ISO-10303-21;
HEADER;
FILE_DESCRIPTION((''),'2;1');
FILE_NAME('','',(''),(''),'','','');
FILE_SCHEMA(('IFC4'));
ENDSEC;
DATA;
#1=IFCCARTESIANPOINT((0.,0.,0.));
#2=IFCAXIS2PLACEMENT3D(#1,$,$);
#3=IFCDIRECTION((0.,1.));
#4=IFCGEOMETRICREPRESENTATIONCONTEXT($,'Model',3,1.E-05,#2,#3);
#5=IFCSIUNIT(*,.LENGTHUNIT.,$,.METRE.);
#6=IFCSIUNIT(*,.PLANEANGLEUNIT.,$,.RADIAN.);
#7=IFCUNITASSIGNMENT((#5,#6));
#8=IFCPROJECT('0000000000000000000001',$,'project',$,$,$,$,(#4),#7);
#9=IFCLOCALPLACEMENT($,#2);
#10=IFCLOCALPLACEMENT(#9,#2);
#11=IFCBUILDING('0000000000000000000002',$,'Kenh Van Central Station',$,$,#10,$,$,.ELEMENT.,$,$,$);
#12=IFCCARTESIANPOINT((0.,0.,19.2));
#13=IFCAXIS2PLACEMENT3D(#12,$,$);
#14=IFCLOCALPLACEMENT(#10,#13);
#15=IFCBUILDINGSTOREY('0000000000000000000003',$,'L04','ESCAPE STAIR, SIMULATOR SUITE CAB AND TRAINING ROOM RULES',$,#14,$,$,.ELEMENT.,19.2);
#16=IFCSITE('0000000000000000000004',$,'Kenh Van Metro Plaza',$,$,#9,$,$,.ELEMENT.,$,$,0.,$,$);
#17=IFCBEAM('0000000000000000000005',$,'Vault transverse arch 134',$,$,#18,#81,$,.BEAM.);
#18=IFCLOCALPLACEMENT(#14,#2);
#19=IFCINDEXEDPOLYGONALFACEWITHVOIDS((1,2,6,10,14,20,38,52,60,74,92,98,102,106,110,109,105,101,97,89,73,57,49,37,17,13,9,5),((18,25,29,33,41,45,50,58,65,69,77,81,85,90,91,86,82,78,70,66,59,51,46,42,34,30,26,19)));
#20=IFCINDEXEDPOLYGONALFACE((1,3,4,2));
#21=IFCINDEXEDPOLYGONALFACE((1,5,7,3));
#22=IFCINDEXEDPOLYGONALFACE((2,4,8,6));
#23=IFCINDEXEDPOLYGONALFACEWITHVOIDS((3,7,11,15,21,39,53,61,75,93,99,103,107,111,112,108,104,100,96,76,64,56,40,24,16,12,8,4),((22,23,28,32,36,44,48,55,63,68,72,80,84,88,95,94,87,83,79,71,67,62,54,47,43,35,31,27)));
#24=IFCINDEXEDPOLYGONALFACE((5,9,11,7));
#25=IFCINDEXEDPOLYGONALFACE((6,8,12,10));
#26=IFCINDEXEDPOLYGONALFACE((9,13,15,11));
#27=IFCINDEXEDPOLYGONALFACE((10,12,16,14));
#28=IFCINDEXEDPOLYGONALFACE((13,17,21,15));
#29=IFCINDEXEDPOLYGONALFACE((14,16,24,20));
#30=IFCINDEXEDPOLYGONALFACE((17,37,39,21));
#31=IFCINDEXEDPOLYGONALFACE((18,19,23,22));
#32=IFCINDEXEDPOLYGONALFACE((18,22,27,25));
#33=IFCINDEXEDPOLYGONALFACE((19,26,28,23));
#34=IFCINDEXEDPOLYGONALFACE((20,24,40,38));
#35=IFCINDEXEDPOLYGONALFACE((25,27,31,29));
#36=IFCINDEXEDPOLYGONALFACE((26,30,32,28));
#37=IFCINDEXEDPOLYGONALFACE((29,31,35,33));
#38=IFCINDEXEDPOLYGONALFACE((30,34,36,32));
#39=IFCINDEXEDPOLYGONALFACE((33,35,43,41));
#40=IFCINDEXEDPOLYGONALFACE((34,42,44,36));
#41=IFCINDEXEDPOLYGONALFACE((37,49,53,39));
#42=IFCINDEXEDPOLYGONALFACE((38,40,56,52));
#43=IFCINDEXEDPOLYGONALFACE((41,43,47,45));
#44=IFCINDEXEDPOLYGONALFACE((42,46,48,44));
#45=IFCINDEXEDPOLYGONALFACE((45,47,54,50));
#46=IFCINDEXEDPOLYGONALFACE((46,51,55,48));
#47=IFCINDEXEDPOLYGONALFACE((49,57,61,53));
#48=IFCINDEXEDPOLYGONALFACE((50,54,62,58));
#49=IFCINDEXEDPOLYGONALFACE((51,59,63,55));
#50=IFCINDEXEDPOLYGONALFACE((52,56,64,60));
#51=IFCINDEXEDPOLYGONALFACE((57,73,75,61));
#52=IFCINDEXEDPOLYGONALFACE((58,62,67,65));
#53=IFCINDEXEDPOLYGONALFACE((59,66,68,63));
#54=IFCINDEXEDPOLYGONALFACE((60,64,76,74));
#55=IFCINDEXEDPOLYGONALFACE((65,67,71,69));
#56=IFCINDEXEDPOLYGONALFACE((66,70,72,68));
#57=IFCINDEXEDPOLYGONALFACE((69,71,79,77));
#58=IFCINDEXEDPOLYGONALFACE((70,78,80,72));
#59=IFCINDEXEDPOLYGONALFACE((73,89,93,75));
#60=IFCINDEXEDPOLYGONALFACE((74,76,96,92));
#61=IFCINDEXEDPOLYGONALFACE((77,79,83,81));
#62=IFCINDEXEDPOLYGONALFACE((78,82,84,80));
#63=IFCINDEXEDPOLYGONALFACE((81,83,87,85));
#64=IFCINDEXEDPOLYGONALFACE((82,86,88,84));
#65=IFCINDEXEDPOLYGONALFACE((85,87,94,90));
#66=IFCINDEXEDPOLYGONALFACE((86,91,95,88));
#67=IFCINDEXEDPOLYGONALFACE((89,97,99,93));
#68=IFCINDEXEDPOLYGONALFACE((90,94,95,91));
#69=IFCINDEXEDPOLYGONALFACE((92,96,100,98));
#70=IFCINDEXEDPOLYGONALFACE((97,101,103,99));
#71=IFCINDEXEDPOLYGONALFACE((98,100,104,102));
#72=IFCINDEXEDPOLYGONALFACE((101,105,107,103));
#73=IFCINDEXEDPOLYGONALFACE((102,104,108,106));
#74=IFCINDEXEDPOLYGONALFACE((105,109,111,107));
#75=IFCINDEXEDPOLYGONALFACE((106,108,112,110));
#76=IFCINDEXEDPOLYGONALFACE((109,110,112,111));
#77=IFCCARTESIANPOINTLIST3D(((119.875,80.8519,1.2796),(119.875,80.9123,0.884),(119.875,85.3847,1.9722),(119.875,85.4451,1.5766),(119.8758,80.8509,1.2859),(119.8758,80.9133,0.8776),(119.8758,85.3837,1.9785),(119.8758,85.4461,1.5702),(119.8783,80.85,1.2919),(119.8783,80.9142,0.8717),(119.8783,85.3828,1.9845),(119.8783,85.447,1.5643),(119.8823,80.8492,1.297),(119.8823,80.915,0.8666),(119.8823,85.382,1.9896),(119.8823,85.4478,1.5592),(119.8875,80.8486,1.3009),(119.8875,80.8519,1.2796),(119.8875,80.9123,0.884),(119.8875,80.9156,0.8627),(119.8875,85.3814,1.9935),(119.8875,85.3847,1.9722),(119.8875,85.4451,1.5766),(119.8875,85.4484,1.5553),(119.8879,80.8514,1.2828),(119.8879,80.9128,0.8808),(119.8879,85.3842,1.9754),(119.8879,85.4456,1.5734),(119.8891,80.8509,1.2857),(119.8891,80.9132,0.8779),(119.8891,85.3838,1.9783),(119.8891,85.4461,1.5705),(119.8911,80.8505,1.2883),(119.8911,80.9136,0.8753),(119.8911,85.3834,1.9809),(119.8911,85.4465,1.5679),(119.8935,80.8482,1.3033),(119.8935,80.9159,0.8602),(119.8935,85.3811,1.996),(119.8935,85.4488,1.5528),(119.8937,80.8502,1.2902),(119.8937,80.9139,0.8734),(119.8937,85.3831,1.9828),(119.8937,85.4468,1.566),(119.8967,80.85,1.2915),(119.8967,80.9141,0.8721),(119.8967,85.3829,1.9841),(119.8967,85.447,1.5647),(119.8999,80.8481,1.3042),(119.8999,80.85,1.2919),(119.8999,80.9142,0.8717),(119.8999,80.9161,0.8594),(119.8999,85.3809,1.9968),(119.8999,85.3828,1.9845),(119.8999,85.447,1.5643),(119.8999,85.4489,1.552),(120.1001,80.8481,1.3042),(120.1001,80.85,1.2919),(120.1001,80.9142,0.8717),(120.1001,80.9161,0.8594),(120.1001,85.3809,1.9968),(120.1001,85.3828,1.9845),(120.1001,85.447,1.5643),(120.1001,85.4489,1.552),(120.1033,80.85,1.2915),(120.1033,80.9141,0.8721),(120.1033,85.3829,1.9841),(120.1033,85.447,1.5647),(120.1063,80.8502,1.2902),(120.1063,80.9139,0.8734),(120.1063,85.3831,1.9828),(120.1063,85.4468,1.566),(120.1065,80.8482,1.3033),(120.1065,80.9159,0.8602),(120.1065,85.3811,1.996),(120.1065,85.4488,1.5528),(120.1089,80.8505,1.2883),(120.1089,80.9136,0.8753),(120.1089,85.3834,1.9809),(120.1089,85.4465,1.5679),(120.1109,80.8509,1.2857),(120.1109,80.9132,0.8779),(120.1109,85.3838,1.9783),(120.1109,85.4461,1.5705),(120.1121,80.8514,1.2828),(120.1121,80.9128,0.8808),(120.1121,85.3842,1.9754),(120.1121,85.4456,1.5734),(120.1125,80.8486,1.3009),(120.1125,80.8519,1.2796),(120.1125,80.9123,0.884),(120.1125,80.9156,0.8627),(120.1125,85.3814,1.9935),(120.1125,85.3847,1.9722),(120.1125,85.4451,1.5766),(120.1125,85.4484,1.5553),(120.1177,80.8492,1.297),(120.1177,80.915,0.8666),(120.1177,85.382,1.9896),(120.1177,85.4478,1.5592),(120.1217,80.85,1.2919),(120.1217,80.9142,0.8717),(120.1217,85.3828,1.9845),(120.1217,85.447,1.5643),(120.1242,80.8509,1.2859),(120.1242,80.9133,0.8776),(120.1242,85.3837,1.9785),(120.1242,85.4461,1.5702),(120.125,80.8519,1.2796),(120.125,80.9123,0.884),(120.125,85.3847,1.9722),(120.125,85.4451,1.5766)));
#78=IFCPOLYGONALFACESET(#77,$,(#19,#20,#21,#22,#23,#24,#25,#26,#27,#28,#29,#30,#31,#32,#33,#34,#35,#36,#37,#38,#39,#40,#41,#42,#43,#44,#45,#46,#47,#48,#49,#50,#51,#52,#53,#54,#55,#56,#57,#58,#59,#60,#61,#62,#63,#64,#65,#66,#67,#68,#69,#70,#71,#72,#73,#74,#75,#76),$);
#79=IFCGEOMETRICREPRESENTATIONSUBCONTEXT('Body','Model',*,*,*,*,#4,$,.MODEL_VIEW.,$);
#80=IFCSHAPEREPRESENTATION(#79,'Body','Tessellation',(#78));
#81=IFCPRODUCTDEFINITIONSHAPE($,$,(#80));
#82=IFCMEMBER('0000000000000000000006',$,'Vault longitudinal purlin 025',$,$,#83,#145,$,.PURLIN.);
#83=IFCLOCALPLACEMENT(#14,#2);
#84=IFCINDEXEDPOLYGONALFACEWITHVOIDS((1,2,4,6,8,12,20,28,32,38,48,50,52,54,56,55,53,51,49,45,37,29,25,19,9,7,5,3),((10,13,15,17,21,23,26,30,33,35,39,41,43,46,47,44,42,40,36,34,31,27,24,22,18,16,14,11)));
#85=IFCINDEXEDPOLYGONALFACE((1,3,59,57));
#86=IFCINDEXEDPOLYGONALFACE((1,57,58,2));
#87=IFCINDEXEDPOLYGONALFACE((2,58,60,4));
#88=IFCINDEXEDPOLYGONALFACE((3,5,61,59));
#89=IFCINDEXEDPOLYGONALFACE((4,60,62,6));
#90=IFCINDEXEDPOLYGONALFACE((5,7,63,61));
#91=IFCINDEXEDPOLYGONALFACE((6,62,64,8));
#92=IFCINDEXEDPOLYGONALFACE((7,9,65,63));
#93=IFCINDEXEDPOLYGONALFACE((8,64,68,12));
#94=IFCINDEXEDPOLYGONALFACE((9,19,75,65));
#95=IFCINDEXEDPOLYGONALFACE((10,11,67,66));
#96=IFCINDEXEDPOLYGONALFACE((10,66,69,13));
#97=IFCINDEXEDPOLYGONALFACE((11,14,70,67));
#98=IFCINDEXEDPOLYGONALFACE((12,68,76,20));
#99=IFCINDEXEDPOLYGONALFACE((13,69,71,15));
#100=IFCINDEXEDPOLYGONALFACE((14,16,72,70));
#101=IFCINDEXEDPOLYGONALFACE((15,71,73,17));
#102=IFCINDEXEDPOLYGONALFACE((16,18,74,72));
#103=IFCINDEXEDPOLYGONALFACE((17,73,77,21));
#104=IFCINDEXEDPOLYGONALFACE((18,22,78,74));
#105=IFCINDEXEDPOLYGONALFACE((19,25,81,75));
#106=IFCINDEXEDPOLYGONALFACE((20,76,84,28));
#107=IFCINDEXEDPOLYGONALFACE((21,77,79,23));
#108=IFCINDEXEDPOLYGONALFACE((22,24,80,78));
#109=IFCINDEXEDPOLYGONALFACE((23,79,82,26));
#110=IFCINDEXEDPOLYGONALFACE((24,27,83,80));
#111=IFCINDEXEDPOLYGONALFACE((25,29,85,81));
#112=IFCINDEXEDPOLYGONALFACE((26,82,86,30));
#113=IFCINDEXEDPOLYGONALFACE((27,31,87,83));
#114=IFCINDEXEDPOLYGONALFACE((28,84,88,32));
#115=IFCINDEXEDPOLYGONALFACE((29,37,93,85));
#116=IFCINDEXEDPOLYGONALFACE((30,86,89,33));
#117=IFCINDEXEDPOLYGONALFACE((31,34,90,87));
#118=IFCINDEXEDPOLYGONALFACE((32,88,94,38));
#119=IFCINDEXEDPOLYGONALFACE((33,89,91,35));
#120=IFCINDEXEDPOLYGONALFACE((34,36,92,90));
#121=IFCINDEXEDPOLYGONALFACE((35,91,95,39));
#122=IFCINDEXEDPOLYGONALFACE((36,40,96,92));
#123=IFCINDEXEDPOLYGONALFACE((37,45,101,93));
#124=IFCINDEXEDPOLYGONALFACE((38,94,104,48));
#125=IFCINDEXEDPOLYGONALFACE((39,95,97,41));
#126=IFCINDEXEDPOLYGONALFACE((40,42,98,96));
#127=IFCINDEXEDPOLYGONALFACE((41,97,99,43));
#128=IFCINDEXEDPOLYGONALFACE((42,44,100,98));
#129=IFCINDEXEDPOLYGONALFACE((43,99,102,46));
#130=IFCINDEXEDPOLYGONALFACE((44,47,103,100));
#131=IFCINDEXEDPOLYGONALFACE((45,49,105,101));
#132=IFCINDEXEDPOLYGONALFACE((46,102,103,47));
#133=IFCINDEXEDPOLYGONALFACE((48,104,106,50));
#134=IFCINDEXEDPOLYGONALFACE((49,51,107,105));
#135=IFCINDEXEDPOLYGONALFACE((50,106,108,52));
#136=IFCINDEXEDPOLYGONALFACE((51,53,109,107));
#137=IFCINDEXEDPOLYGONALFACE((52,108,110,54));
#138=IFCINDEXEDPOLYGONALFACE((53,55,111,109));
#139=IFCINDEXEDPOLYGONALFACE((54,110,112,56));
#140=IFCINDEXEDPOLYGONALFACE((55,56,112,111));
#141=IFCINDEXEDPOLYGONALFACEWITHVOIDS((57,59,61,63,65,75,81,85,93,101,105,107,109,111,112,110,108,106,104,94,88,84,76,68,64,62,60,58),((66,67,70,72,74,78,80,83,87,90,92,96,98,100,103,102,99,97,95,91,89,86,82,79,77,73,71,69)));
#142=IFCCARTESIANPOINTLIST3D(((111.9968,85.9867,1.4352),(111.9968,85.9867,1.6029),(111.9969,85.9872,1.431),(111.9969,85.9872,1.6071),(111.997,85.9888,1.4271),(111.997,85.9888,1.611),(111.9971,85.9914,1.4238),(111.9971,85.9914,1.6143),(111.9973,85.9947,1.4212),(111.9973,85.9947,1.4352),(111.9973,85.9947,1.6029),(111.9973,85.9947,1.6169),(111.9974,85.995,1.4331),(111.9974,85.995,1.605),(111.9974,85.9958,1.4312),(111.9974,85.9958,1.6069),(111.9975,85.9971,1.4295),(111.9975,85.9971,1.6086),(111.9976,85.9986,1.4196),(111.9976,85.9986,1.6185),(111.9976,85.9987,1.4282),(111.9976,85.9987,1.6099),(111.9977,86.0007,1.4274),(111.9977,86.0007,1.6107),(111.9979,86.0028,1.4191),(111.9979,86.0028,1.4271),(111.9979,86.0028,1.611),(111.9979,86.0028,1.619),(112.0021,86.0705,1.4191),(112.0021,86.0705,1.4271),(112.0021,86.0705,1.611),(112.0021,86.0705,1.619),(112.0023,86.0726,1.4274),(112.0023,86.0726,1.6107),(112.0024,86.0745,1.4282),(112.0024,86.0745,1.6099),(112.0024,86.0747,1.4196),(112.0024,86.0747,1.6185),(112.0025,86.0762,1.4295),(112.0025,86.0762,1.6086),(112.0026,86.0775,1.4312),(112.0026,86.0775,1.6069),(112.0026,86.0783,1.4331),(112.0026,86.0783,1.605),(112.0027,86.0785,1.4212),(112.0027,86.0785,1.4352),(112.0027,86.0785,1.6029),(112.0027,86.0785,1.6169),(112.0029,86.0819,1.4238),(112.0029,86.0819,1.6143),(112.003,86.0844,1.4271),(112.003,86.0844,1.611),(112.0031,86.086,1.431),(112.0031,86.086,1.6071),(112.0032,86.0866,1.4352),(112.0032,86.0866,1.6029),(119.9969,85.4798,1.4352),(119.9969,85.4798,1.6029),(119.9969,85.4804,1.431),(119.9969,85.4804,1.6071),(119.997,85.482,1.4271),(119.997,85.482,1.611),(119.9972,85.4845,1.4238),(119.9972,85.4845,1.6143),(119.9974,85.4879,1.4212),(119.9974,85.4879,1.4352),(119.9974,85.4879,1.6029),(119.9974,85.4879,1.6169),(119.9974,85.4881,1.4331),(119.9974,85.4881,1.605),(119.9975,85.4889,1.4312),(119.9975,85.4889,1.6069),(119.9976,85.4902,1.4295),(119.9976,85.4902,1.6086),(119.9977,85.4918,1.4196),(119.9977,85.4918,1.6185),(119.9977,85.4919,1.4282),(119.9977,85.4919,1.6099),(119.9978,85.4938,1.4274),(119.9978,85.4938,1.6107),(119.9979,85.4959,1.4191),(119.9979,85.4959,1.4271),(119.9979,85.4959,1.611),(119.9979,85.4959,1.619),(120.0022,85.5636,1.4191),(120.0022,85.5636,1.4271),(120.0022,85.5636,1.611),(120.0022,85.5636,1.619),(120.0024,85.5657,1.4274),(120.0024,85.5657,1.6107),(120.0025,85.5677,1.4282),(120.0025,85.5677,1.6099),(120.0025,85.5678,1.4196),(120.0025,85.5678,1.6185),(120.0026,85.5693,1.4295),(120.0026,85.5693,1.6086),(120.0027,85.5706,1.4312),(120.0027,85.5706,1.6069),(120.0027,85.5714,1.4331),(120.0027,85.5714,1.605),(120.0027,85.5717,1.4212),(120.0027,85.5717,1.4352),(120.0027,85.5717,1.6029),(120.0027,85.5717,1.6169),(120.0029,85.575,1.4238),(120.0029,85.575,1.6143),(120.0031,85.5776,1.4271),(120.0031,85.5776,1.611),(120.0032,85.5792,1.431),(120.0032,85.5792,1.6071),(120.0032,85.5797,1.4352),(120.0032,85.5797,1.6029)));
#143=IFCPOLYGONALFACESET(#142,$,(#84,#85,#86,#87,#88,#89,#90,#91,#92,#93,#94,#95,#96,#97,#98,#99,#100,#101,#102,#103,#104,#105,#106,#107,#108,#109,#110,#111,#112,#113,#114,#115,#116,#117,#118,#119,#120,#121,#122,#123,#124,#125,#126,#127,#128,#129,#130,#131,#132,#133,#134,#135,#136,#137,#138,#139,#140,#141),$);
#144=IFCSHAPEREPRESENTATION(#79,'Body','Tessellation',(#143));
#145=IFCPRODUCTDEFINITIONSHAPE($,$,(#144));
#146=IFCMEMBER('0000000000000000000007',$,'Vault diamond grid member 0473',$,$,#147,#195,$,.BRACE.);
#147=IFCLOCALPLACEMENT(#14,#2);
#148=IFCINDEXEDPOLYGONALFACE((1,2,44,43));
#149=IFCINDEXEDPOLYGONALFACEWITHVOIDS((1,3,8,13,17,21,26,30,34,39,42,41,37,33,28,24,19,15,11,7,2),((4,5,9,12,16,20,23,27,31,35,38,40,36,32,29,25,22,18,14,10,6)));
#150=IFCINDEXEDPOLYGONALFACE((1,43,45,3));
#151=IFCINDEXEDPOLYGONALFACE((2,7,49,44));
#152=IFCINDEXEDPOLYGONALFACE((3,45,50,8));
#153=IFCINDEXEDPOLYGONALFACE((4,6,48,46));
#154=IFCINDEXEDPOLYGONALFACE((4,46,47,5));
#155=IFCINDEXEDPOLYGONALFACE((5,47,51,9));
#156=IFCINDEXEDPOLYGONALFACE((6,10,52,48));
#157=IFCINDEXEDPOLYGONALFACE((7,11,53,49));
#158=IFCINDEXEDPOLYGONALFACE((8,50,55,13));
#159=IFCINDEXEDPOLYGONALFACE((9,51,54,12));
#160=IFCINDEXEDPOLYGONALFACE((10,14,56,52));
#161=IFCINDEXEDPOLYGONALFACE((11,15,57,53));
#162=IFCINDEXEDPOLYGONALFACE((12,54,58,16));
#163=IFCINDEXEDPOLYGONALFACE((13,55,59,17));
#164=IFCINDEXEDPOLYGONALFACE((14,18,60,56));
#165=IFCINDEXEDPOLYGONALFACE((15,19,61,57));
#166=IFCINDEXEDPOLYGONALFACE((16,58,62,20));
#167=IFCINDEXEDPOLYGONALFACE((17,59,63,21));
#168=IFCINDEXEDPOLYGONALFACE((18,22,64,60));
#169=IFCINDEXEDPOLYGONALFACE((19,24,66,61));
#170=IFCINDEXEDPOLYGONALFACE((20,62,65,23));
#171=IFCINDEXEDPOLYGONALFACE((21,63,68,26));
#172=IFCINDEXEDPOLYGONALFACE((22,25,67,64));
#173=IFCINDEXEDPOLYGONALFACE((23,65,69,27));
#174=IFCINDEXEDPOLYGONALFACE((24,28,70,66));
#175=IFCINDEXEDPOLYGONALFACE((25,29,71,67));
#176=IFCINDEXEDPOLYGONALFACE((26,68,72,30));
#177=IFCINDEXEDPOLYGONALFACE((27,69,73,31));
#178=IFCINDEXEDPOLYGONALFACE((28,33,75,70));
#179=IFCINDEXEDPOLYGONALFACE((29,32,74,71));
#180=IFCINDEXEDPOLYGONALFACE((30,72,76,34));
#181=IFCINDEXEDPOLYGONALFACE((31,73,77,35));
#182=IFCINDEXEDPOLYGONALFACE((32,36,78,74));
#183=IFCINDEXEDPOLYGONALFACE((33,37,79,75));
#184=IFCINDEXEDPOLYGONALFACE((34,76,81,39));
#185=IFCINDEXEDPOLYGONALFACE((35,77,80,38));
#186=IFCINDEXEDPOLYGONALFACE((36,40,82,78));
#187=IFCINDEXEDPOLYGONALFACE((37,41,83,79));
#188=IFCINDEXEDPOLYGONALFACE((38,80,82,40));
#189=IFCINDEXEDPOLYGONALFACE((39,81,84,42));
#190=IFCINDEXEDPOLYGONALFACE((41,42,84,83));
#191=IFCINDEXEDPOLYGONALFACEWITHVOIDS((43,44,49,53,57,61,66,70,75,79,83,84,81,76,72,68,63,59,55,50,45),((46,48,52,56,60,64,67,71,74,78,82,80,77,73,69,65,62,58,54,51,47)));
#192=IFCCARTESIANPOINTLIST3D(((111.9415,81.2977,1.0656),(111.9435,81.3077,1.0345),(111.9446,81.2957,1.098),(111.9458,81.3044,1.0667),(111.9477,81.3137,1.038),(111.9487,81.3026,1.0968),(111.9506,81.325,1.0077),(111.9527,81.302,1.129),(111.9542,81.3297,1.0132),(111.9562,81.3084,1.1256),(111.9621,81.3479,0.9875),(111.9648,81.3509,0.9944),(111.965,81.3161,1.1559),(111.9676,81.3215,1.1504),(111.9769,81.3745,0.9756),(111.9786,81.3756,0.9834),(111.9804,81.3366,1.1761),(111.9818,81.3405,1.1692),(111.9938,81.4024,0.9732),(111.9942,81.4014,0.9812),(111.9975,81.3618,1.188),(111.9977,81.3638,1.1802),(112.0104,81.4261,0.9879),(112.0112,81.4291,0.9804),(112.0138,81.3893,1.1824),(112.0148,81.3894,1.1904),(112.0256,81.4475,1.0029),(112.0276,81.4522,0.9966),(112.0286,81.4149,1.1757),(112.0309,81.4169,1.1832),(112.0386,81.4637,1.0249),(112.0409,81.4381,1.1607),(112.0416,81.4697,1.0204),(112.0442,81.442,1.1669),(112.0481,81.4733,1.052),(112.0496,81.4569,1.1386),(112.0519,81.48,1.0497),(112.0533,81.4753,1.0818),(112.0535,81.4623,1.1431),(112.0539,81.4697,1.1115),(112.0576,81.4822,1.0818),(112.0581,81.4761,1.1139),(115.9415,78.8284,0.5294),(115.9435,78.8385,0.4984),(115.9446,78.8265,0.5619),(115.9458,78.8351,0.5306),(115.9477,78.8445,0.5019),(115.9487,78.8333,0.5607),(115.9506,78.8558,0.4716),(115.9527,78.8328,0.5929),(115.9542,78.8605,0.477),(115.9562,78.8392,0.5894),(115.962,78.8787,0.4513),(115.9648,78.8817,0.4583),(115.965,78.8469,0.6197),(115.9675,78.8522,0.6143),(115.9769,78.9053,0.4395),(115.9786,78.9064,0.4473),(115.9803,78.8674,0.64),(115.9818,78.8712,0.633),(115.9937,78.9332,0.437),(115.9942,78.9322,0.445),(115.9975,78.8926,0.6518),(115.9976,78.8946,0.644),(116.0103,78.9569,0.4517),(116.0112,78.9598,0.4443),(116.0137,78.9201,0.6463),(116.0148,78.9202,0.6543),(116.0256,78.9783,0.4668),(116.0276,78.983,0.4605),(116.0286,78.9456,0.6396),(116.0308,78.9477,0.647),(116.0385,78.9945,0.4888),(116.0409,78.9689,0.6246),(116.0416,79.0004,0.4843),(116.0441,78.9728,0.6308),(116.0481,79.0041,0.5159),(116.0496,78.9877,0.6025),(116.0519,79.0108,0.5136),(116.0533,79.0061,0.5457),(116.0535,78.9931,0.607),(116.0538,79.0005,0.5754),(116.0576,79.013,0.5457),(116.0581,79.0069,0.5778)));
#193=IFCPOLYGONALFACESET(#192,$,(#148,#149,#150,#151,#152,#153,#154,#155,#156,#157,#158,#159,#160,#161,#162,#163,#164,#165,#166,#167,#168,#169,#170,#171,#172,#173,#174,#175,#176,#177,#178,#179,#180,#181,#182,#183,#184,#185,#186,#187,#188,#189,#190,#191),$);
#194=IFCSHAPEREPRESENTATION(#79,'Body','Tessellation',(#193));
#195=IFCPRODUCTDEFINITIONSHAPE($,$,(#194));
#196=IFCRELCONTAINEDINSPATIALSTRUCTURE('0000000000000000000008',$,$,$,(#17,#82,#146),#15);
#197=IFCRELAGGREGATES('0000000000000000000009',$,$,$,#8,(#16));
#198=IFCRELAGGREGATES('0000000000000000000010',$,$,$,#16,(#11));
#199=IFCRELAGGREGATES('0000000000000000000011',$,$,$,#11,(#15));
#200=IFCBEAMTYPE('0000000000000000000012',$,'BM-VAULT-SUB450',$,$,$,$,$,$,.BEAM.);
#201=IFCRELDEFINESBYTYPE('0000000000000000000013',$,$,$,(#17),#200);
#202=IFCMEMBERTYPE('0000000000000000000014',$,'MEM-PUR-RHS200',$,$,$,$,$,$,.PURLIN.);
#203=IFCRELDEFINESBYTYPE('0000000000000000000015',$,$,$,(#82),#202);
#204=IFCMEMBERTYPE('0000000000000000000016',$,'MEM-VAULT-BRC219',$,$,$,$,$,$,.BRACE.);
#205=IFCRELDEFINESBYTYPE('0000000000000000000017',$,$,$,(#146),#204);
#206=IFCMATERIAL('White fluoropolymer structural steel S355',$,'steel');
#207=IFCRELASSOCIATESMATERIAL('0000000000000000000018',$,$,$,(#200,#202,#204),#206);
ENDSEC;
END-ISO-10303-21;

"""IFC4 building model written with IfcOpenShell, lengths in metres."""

from ifc_helpers import new_model, si_unit, direction, frame, origin, origin_2d, place, context, subcontext, project, spatial, hollow_rectangle, hollow_circle, extrude, material, material_profile, profile_set, type_object, element, save


model = new_model("IFC4")

# Units and contexts
model_context = context("Model", 3, precision=1e-05, world=origin(), true_north=direction((0.0, 1.0)))
body_context = subcontext(model_context, "Body", "Model", "MODEL_VIEW")
ifc_project = project(units=[si_unit("LENGTHUNIT", "METRE"), si_unit("PLANEANGLEUNIT", "RADIAN")], contexts=[model_context])

# Site, building, storey
site_placement = place(None, origin())
site = spatial("IfcSite", under=ifc_project, at=site_placement, Name="Kenh Van Metro Plaza", CompositionType="ELEMENT", RefElevation=0.0)
building_placement = place(site_placement, origin())
building = spatial("IfcBuilding", under=site, at=building_placement, Name="Kenh Van Central Station", CompositionType="ELEMENT")
storey_placement = place(building_placement, frame((0.0, 0.0, 19.2)))
storey = spatial("IfcBuildingStorey", under=building, at=storey_placement, Name="L04", Description="ESCAPE STAIR, SIMULATOR SUITE CAB AND TRAINING ROOM RULES", CompositionType="ELEMENT", Elevation=19.2)

# Beam
ifc_material_1 = material(Name="White fluoropolymer structural steel S355", Category="steel")
ifc_material_profile_1 = material_profile(ifc_material_1, hollow_rectangle(XDim=0.25, YDim=0.45, WallThickness=0.0125, InnerFilletRadius=0.0125, OuterFilletRadius=0.0249, at=origin_2d()), Name="RHS 450x250x12.5")
ifc_profile_set_1 = profile_set([ifc_material_profile_1], Name="White fluoropolymer structural steel S355")
beam_type_1 = type_object("IfcBeamType", Name="BM-VAULT-SUB450", PredefinedType="BEAM", material=ifc_profile_set_1)
beam_1_placement = place(storey_placement, frame((120.0, 80.8821, 1.0818), z_axis=(0.0, 0.988527, 0.151045), x_axis=(-1.0, 0.0, 0.0)))
element("IfcBeam", 1, at=beam_1_placement, inside=storey, type_object=beam_type_1, Name="Vault transverse arch 134", PredefinedType="BEAM", context=body_context, shape_type="SweptSolid", body=[
    extrude(hollow_rectangle(XDim=0.25, YDim=0.45, WallThickness=0.0125, InnerFilletRadius=0.0125, OuterFilletRadius=0.0249, at=origin_2d()), origin(), (0.0, 0.0, 1.0), 4.5854),
])

# Members
ifc_material_profile_2 = material_profile(ifc_material_1, hollow_rectangle(XDim=0.1001, YDim=0.2, WallThickness=0.0081, InnerFilletRadius=0.0081, OuterFilletRadius=0.0161, at=origin_2d()), Name="RHS 200x100x8")
ifc_profile_set_2 = profile_set([ifc_material_profile_2], Name="White fluoropolymer structural steel S355")
member_type_1 = type_object("IfcMemberType", Name="MEM-PUR-RHS200", PredefinedType="PURLIN", material=ifc_profile_set_2)
member_1_placement = place(storey_placement, frame((112.0, 86.0366, 1.519), z_axis=(0.997999, -0.063228, 0.0), x_axis=(0.063228, 0.997999, 0.0)))
element("IfcMember", 2, at=member_1_placement, inside=storey, type_object=member_type_1, Name="Vault longitudinal purlin 025", PredefinedType="PURLIN", context=body_context, shape_type="SweptSolid", body=[
    extrude(hollow_rectangle(XDim=0.1001, YDim=0.2, WallThickness=0.0081, InnerFilletRadius=0.0081, OuterFilletRadius=0.0161, at=origin_2d()), origin(), (0.0, 0.0, 1.0), 8.0161),
])
ifc_material_profile_3 = material_profile(ifc_material_1, hollow_circle(Radius=0.1096, WallThickness=0.0081, at=origin_2d()), Name="CHS 219.1x8")
ifc_profile_set_3 = profile_set([ifc_material_profile_3], Name="White fluoropolymer structural steel S355")
member_type_2 = type_object("IfcMemberType", Name="MEM-VAULT-BRC219", PredefinedType="BRACE", material=ifc_profile_set_3)
member_2_placement = place(storey_placement, frame((112.0, 81.3889, 1.0818), z_axis=(0.845445, -0.521902, -0.113318), x_axis=(0.525285, 0.850926, 0.0)))
element("IfcMember", 3, at=member_2_placement, inside=storey, type_object=member_type_2, Name="Vault diamond grid member 0473", PredefinedType="BRACE", context=body_context, shape_type="SweptSolid", body=[
    extrude(hollow_circle(Radius=0.1096, WallThickness=0.0081, at=origin_2d()), origin(), (0.0, 0.0, 1.0), 4.7312),
])

save(model, "model.ifc")
